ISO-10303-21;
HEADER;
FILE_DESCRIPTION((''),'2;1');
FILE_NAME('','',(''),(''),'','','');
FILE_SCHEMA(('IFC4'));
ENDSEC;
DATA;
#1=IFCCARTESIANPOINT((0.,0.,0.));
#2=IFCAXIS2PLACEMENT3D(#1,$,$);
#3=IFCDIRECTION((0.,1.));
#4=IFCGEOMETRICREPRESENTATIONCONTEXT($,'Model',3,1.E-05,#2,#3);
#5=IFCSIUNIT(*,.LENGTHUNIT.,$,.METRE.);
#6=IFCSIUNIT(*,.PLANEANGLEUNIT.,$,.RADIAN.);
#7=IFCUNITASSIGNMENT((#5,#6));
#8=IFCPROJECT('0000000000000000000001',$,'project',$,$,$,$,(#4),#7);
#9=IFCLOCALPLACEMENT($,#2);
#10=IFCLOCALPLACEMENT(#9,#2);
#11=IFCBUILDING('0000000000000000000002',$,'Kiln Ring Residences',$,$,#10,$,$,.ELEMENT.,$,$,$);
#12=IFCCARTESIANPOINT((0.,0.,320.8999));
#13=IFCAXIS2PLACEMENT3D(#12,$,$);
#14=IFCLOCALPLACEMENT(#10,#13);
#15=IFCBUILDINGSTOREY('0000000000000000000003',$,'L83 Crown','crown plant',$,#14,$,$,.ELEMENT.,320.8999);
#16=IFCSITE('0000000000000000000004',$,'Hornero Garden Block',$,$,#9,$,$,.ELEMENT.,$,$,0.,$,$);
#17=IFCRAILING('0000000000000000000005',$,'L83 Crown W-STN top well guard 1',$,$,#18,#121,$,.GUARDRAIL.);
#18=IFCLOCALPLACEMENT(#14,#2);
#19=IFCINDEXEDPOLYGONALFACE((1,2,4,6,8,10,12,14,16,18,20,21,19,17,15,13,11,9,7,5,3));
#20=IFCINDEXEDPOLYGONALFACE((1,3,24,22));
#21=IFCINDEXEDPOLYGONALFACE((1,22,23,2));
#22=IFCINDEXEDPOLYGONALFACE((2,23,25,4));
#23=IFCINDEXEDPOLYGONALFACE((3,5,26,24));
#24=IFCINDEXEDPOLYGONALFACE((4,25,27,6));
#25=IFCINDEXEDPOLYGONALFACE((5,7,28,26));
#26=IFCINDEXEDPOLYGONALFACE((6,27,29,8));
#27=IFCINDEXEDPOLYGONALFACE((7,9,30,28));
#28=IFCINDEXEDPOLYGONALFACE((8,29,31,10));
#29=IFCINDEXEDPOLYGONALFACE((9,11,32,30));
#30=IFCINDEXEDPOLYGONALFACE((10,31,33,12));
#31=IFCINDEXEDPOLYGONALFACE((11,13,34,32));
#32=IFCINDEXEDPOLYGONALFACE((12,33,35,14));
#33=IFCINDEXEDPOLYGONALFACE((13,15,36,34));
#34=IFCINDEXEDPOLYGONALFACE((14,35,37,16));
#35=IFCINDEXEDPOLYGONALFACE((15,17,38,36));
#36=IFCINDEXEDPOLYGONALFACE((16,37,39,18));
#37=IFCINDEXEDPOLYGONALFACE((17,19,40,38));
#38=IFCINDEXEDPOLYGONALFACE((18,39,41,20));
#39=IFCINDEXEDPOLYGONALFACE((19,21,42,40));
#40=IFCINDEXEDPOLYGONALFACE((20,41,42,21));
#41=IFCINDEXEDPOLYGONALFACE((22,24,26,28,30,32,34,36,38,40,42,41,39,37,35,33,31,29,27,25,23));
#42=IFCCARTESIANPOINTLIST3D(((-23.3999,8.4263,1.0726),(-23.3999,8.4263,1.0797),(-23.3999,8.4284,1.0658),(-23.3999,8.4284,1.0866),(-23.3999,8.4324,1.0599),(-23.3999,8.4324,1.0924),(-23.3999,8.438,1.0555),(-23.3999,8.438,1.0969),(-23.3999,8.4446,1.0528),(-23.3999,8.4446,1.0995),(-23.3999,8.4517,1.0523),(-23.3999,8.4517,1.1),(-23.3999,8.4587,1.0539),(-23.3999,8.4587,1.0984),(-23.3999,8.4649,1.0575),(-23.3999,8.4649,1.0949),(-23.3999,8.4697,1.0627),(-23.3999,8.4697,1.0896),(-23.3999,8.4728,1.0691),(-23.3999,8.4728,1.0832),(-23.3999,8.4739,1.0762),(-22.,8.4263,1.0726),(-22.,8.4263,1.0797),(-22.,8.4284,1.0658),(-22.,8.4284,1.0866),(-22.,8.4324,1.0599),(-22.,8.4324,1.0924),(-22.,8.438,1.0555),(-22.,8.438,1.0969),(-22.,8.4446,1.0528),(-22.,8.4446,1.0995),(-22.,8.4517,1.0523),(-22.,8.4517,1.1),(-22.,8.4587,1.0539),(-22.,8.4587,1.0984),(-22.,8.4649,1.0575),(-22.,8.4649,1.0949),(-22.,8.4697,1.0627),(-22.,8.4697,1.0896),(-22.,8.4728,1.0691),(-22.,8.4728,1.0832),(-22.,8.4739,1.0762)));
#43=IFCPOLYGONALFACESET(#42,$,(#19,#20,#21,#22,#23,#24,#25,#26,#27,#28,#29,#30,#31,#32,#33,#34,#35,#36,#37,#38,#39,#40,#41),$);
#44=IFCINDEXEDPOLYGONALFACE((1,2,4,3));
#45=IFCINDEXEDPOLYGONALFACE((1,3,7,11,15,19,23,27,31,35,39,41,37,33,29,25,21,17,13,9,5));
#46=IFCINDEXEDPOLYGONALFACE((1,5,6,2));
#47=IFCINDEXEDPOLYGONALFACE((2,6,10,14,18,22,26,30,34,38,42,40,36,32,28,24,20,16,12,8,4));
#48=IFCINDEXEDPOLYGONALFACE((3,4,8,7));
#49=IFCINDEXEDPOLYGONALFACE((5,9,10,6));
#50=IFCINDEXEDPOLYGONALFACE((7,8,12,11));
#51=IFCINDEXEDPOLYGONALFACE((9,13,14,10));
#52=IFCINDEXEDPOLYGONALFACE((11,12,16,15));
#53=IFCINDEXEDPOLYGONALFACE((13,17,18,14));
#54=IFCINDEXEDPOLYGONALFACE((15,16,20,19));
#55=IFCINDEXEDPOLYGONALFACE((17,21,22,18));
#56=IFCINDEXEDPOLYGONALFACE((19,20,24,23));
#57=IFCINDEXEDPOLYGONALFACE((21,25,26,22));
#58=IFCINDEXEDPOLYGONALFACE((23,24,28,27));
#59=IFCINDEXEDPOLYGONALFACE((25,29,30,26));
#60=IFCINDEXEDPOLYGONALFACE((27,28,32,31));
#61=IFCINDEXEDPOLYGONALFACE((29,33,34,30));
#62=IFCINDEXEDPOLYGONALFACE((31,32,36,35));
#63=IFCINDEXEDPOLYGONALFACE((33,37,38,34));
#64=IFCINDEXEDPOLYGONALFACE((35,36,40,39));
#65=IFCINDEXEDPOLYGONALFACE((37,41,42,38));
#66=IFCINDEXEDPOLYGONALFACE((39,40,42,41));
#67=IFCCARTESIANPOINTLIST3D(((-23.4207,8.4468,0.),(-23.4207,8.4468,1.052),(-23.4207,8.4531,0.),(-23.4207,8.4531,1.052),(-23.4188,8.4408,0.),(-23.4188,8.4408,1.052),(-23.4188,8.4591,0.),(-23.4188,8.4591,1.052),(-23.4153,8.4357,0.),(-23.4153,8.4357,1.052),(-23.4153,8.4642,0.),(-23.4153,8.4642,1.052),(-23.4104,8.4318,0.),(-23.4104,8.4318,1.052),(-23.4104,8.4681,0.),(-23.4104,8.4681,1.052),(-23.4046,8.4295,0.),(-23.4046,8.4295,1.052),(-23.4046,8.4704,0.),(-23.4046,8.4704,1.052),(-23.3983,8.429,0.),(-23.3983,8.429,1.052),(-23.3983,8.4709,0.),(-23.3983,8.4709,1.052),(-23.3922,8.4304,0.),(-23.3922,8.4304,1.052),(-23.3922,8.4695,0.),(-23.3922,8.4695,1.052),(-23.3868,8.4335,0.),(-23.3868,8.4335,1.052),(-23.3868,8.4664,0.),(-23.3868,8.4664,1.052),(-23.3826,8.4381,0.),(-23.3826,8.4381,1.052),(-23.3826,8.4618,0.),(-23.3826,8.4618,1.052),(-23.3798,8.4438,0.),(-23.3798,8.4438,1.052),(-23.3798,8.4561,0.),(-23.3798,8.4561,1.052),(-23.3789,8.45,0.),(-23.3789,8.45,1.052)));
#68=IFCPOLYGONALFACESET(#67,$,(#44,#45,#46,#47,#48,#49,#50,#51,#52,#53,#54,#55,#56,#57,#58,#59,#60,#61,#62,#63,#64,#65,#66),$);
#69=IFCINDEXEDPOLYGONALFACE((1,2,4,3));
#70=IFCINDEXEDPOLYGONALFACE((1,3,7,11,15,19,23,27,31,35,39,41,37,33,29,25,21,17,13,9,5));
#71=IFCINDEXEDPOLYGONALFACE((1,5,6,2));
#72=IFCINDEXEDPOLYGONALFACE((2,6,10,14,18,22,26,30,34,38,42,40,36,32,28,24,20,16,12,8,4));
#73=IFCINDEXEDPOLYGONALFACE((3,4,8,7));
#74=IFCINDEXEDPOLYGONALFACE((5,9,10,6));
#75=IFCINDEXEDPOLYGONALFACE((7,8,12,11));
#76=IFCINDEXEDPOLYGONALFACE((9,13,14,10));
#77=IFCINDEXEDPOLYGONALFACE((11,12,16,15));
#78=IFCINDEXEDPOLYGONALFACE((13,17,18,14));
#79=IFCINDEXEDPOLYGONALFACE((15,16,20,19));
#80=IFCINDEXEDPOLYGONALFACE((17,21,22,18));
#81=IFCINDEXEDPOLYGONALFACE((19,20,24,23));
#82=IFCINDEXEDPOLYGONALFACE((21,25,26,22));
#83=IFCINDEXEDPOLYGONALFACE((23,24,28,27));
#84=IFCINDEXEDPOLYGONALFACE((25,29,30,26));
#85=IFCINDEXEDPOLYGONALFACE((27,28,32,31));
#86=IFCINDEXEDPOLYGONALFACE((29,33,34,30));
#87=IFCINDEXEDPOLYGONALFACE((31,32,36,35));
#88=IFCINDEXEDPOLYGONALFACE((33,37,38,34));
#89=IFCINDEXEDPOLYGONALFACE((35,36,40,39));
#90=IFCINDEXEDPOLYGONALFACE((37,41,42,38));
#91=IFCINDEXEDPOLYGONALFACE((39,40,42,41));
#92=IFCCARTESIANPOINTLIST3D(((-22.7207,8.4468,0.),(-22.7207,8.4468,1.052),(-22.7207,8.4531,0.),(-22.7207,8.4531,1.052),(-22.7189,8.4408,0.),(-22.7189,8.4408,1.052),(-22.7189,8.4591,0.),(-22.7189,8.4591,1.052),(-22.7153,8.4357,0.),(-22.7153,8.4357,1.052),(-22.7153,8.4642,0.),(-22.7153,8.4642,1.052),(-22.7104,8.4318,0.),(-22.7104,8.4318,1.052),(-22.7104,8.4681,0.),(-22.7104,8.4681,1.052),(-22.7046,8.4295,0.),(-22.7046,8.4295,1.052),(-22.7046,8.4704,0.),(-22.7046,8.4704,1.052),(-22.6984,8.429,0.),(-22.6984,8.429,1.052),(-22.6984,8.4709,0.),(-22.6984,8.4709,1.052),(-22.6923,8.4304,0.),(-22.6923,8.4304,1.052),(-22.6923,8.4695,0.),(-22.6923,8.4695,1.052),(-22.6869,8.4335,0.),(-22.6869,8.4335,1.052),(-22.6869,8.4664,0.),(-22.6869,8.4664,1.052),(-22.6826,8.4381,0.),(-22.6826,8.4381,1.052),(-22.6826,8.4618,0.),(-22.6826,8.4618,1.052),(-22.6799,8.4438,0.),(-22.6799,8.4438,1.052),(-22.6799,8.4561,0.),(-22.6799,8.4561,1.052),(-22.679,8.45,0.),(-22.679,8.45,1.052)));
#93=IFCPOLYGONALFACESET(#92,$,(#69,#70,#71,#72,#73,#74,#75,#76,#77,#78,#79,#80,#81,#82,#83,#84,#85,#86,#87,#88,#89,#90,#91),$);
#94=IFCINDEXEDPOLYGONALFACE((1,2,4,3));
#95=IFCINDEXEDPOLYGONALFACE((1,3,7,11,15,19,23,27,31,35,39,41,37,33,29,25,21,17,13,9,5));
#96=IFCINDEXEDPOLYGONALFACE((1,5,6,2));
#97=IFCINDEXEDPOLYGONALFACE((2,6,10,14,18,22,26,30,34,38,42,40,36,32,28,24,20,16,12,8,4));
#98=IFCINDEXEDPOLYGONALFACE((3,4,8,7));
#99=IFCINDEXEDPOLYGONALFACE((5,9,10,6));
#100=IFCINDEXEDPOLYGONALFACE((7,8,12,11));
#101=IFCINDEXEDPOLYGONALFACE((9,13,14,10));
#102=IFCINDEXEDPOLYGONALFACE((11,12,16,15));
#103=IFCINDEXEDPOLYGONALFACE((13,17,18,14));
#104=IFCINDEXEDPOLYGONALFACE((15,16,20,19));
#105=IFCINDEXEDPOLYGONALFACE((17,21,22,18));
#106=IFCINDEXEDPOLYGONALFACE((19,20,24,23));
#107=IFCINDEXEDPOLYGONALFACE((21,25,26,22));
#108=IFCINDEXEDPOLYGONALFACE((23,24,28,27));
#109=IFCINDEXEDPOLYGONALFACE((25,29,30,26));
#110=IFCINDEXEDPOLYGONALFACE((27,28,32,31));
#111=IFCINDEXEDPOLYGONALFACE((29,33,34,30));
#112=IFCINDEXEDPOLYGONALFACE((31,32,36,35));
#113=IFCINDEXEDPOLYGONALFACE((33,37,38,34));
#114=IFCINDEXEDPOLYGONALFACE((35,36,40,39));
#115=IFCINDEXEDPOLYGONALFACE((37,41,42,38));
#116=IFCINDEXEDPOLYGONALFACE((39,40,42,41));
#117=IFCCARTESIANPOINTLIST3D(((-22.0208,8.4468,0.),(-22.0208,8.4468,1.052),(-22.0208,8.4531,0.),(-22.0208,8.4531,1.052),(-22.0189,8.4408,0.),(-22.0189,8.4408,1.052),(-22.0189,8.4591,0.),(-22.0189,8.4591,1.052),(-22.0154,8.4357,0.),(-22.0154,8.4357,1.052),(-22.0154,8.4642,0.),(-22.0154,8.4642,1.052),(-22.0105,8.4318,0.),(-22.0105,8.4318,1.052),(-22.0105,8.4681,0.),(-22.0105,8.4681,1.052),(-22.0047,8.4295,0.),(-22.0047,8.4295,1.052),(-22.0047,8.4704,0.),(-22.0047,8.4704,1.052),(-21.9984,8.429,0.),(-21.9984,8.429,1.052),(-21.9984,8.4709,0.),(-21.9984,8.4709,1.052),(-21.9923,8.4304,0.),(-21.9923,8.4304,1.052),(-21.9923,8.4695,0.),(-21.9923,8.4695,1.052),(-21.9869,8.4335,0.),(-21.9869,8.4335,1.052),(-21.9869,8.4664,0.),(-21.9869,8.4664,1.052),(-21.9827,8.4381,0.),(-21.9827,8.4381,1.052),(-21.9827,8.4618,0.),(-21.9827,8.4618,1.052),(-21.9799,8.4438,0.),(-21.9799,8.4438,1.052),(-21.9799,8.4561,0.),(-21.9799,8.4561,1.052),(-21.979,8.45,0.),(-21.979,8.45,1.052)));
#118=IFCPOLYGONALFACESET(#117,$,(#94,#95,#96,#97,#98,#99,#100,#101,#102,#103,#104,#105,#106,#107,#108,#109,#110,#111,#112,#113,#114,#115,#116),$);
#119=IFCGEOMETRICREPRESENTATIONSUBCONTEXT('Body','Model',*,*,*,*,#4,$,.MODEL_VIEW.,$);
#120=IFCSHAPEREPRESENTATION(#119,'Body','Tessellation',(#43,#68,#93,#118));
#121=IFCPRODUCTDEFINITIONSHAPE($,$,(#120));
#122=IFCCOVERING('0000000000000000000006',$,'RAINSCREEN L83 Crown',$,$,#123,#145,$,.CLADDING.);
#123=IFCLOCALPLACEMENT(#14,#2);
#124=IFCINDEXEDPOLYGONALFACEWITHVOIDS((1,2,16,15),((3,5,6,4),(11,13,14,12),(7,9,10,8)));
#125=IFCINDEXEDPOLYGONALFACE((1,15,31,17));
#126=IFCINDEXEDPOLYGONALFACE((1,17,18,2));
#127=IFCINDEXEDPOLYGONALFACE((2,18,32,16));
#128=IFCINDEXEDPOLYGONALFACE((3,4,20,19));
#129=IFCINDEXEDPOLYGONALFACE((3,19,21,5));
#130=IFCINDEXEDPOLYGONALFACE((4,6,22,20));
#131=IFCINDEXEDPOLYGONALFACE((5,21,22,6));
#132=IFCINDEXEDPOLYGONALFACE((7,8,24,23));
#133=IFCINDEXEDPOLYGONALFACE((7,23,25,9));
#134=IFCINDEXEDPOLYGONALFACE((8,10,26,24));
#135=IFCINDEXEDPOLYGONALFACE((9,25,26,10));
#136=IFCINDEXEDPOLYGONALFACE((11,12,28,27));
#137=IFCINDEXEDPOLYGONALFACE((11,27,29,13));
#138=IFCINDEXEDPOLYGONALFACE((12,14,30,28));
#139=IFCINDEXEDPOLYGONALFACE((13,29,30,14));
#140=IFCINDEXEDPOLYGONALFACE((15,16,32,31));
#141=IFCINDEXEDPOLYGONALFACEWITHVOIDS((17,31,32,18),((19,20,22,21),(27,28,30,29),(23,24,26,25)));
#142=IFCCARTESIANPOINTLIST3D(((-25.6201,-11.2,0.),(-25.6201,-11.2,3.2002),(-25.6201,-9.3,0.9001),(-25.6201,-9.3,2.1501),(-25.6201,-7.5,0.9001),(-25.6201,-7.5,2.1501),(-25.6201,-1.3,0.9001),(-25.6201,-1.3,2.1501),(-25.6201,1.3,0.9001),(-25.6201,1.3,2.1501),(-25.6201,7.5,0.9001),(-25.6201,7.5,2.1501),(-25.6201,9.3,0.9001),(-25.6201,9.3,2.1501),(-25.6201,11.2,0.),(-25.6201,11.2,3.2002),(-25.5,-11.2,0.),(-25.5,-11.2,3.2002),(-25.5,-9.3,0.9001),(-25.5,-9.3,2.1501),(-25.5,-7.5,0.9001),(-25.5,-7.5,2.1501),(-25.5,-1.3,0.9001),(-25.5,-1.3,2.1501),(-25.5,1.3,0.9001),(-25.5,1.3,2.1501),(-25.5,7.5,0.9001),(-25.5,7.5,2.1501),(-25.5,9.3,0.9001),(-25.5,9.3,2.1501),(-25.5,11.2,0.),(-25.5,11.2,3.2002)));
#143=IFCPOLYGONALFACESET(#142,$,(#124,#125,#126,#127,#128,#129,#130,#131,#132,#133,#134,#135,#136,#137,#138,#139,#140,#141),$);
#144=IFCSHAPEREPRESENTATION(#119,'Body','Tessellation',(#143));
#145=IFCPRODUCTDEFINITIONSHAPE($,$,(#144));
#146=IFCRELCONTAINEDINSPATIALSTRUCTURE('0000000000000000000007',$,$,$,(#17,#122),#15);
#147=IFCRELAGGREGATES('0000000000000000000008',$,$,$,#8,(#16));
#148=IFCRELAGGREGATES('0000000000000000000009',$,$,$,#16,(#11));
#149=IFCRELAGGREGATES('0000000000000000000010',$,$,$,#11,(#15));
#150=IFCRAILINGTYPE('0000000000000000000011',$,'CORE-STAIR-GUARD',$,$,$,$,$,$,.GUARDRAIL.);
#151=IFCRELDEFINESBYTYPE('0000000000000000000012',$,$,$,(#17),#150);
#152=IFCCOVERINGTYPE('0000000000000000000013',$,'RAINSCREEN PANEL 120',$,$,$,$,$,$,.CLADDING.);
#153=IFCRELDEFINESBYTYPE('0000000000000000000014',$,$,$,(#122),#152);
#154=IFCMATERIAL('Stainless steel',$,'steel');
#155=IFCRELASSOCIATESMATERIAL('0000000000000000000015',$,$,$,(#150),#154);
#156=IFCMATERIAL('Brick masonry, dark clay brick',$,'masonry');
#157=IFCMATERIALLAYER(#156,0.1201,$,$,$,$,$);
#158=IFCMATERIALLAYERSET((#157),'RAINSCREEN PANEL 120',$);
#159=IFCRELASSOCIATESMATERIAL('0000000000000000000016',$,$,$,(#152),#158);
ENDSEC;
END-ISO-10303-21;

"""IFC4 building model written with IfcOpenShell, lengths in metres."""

from ifc_helpers import new_model, si_unit, direction, frame, origin, origin_2d, place, context, subcontext, project, spatial, polyline, circle, outline, extrude, material, layer, layer_set, type_object, element, save


model = new_model("IFC4")

# Units and contexts
model_context = context("Model", 3, precision=1e-05, world=origin(), true_north=direction((0.0, 1.0)))
body_context = subcontext(model_context, "Body", "Model", "MODEL_VIEW")
ifc_project = project(units=[si_unit("LENGTHUNIT", "METRE"), si_unit("PLANEANGLEUNIT", "RADIAN")], contexts=[model_context])

# Site, building, storey
site_placement = place(None, origin())
site = spatial("IfcSite", under=ifc_project, at=site_placement, Name="Hornero Garden Block", CompositionType="ELEMENT", RefElevation=0.0)
building_placement = place(site_placement, origin())
building = spatial("IfcBuilding", under=site, at=building_placement, Name="Kiln Ring Residences", CompositionType="ELEMENT")
storey_placement = place(building_placement, frame((0.0, 0.0, 320.8999)))
storey = spatial("IfcBuildingStorey", under=building, at=storey_placement, Name="L83 Crown", Description="crown plant", CompositionType="ELEMENT", Elevation=320.8999)

# Railing
ifc_material_1 = material(Name="Stainless steel", Category="steel")
railing_type = type_object("IfcRailingType", Name="CORE-STAIR-GUARD", PredefinedType="GUARDRAIL", material=ifc_material_1)
railing_placement = place(storey_placement, frame((-23.3999, 8.45, 0.0)))
element("IfcRailing", 1, at=railing_placement, inside=storey, type_object=railing_type, Name="L83 Crown W-STN top well guard 1", PredefinedType="GUARDRAIL", context=body_context, shape_type="SweptSolid", body=[
    extrude(circle(Radius=0.0239, at=origin_2d()), frame((0.0, 0.0, 1.0762), z_axis=(1.0, 0.0, 0.0), x_axis=(0.0, 1.0, 0.0)), (0.0, 0.0, 1.0), 1.3999),
    extrude(circle(Radius=0.021, at=origin_2d()), origin(), (0.0, 0.0, 1.0), 1.052),
    extrude(circle(Radius=0.021, at=origin_2d()), frame((0.7, 0.0, 0.0)), (0.0, 0.0, 1.0), 1.052),
    extrude(circle(Radius=0.021, at=origin_2d()), frame((1.3999, 0.0, 0.0)), (0.0, 0.0, 1.0), 1.052),
])

# Covering
ifc_material_2 = material(Name="Brick masonry, dark clay brick", Category="masonry")
ifc_layer_1 = layer(ifc_material_2, 0.1201)
ifc_layer_set_1 = layer_set([ifc_layer_1], Name="RAINSCREEN PANEL 120")
covering_type_1 = type_object("IfcCoveringType", Name="RAINSCREEN PANEL 120", PredefinedType="CLADDING", material=ifc_layer_set_1)
covering_1_placement = place(storey_placement, frame((-25.5601, 11.2, 0.0), z_axis=(0.0, 0.0, 1.0), x_axis=(0.0, -1.0, 0.0)))
element("IfcCovering", 2, at=covering_1_placement, inside=storey, type_object=covering_type_1, Name="RAINSCREEN L83 Crown", PredefinedType="CLADDING", context=body_context, shape_type="SweptSolid", body=[
    extrude(outline(polyline([(0.0, 0.0), (22.3999, 0.0), (22.3999, 3.2002), (0.0, 3.2002), (0.0, 0.0)]), holes=[polyline([(3.7, 2.1501), (1.8999, 2.1501), (1.8999, 0.9001), (3.7, 0.9001), (3.7, 2.1501)]), polyline([(12.5, 0.9001), (12.5, 2.1501), (9.8999, 2.1501), (9.8999, 0.9001), (12.5, 0.9001)]), polyline([(20.5, 0.9001), (20.5, 2.1501), (18.7, 2.1501), (18.7, 0.9001), (20.5, 0.9001)])]), frame((0.0, 0.0601, 0.0), z_axis=(0.0, -1.0, 0.0), x_axis=(1.0, 0.0, 0.0)), (0.0, 0.0, 1.0), 0.1201),
])

save(model, "model.ifc")
